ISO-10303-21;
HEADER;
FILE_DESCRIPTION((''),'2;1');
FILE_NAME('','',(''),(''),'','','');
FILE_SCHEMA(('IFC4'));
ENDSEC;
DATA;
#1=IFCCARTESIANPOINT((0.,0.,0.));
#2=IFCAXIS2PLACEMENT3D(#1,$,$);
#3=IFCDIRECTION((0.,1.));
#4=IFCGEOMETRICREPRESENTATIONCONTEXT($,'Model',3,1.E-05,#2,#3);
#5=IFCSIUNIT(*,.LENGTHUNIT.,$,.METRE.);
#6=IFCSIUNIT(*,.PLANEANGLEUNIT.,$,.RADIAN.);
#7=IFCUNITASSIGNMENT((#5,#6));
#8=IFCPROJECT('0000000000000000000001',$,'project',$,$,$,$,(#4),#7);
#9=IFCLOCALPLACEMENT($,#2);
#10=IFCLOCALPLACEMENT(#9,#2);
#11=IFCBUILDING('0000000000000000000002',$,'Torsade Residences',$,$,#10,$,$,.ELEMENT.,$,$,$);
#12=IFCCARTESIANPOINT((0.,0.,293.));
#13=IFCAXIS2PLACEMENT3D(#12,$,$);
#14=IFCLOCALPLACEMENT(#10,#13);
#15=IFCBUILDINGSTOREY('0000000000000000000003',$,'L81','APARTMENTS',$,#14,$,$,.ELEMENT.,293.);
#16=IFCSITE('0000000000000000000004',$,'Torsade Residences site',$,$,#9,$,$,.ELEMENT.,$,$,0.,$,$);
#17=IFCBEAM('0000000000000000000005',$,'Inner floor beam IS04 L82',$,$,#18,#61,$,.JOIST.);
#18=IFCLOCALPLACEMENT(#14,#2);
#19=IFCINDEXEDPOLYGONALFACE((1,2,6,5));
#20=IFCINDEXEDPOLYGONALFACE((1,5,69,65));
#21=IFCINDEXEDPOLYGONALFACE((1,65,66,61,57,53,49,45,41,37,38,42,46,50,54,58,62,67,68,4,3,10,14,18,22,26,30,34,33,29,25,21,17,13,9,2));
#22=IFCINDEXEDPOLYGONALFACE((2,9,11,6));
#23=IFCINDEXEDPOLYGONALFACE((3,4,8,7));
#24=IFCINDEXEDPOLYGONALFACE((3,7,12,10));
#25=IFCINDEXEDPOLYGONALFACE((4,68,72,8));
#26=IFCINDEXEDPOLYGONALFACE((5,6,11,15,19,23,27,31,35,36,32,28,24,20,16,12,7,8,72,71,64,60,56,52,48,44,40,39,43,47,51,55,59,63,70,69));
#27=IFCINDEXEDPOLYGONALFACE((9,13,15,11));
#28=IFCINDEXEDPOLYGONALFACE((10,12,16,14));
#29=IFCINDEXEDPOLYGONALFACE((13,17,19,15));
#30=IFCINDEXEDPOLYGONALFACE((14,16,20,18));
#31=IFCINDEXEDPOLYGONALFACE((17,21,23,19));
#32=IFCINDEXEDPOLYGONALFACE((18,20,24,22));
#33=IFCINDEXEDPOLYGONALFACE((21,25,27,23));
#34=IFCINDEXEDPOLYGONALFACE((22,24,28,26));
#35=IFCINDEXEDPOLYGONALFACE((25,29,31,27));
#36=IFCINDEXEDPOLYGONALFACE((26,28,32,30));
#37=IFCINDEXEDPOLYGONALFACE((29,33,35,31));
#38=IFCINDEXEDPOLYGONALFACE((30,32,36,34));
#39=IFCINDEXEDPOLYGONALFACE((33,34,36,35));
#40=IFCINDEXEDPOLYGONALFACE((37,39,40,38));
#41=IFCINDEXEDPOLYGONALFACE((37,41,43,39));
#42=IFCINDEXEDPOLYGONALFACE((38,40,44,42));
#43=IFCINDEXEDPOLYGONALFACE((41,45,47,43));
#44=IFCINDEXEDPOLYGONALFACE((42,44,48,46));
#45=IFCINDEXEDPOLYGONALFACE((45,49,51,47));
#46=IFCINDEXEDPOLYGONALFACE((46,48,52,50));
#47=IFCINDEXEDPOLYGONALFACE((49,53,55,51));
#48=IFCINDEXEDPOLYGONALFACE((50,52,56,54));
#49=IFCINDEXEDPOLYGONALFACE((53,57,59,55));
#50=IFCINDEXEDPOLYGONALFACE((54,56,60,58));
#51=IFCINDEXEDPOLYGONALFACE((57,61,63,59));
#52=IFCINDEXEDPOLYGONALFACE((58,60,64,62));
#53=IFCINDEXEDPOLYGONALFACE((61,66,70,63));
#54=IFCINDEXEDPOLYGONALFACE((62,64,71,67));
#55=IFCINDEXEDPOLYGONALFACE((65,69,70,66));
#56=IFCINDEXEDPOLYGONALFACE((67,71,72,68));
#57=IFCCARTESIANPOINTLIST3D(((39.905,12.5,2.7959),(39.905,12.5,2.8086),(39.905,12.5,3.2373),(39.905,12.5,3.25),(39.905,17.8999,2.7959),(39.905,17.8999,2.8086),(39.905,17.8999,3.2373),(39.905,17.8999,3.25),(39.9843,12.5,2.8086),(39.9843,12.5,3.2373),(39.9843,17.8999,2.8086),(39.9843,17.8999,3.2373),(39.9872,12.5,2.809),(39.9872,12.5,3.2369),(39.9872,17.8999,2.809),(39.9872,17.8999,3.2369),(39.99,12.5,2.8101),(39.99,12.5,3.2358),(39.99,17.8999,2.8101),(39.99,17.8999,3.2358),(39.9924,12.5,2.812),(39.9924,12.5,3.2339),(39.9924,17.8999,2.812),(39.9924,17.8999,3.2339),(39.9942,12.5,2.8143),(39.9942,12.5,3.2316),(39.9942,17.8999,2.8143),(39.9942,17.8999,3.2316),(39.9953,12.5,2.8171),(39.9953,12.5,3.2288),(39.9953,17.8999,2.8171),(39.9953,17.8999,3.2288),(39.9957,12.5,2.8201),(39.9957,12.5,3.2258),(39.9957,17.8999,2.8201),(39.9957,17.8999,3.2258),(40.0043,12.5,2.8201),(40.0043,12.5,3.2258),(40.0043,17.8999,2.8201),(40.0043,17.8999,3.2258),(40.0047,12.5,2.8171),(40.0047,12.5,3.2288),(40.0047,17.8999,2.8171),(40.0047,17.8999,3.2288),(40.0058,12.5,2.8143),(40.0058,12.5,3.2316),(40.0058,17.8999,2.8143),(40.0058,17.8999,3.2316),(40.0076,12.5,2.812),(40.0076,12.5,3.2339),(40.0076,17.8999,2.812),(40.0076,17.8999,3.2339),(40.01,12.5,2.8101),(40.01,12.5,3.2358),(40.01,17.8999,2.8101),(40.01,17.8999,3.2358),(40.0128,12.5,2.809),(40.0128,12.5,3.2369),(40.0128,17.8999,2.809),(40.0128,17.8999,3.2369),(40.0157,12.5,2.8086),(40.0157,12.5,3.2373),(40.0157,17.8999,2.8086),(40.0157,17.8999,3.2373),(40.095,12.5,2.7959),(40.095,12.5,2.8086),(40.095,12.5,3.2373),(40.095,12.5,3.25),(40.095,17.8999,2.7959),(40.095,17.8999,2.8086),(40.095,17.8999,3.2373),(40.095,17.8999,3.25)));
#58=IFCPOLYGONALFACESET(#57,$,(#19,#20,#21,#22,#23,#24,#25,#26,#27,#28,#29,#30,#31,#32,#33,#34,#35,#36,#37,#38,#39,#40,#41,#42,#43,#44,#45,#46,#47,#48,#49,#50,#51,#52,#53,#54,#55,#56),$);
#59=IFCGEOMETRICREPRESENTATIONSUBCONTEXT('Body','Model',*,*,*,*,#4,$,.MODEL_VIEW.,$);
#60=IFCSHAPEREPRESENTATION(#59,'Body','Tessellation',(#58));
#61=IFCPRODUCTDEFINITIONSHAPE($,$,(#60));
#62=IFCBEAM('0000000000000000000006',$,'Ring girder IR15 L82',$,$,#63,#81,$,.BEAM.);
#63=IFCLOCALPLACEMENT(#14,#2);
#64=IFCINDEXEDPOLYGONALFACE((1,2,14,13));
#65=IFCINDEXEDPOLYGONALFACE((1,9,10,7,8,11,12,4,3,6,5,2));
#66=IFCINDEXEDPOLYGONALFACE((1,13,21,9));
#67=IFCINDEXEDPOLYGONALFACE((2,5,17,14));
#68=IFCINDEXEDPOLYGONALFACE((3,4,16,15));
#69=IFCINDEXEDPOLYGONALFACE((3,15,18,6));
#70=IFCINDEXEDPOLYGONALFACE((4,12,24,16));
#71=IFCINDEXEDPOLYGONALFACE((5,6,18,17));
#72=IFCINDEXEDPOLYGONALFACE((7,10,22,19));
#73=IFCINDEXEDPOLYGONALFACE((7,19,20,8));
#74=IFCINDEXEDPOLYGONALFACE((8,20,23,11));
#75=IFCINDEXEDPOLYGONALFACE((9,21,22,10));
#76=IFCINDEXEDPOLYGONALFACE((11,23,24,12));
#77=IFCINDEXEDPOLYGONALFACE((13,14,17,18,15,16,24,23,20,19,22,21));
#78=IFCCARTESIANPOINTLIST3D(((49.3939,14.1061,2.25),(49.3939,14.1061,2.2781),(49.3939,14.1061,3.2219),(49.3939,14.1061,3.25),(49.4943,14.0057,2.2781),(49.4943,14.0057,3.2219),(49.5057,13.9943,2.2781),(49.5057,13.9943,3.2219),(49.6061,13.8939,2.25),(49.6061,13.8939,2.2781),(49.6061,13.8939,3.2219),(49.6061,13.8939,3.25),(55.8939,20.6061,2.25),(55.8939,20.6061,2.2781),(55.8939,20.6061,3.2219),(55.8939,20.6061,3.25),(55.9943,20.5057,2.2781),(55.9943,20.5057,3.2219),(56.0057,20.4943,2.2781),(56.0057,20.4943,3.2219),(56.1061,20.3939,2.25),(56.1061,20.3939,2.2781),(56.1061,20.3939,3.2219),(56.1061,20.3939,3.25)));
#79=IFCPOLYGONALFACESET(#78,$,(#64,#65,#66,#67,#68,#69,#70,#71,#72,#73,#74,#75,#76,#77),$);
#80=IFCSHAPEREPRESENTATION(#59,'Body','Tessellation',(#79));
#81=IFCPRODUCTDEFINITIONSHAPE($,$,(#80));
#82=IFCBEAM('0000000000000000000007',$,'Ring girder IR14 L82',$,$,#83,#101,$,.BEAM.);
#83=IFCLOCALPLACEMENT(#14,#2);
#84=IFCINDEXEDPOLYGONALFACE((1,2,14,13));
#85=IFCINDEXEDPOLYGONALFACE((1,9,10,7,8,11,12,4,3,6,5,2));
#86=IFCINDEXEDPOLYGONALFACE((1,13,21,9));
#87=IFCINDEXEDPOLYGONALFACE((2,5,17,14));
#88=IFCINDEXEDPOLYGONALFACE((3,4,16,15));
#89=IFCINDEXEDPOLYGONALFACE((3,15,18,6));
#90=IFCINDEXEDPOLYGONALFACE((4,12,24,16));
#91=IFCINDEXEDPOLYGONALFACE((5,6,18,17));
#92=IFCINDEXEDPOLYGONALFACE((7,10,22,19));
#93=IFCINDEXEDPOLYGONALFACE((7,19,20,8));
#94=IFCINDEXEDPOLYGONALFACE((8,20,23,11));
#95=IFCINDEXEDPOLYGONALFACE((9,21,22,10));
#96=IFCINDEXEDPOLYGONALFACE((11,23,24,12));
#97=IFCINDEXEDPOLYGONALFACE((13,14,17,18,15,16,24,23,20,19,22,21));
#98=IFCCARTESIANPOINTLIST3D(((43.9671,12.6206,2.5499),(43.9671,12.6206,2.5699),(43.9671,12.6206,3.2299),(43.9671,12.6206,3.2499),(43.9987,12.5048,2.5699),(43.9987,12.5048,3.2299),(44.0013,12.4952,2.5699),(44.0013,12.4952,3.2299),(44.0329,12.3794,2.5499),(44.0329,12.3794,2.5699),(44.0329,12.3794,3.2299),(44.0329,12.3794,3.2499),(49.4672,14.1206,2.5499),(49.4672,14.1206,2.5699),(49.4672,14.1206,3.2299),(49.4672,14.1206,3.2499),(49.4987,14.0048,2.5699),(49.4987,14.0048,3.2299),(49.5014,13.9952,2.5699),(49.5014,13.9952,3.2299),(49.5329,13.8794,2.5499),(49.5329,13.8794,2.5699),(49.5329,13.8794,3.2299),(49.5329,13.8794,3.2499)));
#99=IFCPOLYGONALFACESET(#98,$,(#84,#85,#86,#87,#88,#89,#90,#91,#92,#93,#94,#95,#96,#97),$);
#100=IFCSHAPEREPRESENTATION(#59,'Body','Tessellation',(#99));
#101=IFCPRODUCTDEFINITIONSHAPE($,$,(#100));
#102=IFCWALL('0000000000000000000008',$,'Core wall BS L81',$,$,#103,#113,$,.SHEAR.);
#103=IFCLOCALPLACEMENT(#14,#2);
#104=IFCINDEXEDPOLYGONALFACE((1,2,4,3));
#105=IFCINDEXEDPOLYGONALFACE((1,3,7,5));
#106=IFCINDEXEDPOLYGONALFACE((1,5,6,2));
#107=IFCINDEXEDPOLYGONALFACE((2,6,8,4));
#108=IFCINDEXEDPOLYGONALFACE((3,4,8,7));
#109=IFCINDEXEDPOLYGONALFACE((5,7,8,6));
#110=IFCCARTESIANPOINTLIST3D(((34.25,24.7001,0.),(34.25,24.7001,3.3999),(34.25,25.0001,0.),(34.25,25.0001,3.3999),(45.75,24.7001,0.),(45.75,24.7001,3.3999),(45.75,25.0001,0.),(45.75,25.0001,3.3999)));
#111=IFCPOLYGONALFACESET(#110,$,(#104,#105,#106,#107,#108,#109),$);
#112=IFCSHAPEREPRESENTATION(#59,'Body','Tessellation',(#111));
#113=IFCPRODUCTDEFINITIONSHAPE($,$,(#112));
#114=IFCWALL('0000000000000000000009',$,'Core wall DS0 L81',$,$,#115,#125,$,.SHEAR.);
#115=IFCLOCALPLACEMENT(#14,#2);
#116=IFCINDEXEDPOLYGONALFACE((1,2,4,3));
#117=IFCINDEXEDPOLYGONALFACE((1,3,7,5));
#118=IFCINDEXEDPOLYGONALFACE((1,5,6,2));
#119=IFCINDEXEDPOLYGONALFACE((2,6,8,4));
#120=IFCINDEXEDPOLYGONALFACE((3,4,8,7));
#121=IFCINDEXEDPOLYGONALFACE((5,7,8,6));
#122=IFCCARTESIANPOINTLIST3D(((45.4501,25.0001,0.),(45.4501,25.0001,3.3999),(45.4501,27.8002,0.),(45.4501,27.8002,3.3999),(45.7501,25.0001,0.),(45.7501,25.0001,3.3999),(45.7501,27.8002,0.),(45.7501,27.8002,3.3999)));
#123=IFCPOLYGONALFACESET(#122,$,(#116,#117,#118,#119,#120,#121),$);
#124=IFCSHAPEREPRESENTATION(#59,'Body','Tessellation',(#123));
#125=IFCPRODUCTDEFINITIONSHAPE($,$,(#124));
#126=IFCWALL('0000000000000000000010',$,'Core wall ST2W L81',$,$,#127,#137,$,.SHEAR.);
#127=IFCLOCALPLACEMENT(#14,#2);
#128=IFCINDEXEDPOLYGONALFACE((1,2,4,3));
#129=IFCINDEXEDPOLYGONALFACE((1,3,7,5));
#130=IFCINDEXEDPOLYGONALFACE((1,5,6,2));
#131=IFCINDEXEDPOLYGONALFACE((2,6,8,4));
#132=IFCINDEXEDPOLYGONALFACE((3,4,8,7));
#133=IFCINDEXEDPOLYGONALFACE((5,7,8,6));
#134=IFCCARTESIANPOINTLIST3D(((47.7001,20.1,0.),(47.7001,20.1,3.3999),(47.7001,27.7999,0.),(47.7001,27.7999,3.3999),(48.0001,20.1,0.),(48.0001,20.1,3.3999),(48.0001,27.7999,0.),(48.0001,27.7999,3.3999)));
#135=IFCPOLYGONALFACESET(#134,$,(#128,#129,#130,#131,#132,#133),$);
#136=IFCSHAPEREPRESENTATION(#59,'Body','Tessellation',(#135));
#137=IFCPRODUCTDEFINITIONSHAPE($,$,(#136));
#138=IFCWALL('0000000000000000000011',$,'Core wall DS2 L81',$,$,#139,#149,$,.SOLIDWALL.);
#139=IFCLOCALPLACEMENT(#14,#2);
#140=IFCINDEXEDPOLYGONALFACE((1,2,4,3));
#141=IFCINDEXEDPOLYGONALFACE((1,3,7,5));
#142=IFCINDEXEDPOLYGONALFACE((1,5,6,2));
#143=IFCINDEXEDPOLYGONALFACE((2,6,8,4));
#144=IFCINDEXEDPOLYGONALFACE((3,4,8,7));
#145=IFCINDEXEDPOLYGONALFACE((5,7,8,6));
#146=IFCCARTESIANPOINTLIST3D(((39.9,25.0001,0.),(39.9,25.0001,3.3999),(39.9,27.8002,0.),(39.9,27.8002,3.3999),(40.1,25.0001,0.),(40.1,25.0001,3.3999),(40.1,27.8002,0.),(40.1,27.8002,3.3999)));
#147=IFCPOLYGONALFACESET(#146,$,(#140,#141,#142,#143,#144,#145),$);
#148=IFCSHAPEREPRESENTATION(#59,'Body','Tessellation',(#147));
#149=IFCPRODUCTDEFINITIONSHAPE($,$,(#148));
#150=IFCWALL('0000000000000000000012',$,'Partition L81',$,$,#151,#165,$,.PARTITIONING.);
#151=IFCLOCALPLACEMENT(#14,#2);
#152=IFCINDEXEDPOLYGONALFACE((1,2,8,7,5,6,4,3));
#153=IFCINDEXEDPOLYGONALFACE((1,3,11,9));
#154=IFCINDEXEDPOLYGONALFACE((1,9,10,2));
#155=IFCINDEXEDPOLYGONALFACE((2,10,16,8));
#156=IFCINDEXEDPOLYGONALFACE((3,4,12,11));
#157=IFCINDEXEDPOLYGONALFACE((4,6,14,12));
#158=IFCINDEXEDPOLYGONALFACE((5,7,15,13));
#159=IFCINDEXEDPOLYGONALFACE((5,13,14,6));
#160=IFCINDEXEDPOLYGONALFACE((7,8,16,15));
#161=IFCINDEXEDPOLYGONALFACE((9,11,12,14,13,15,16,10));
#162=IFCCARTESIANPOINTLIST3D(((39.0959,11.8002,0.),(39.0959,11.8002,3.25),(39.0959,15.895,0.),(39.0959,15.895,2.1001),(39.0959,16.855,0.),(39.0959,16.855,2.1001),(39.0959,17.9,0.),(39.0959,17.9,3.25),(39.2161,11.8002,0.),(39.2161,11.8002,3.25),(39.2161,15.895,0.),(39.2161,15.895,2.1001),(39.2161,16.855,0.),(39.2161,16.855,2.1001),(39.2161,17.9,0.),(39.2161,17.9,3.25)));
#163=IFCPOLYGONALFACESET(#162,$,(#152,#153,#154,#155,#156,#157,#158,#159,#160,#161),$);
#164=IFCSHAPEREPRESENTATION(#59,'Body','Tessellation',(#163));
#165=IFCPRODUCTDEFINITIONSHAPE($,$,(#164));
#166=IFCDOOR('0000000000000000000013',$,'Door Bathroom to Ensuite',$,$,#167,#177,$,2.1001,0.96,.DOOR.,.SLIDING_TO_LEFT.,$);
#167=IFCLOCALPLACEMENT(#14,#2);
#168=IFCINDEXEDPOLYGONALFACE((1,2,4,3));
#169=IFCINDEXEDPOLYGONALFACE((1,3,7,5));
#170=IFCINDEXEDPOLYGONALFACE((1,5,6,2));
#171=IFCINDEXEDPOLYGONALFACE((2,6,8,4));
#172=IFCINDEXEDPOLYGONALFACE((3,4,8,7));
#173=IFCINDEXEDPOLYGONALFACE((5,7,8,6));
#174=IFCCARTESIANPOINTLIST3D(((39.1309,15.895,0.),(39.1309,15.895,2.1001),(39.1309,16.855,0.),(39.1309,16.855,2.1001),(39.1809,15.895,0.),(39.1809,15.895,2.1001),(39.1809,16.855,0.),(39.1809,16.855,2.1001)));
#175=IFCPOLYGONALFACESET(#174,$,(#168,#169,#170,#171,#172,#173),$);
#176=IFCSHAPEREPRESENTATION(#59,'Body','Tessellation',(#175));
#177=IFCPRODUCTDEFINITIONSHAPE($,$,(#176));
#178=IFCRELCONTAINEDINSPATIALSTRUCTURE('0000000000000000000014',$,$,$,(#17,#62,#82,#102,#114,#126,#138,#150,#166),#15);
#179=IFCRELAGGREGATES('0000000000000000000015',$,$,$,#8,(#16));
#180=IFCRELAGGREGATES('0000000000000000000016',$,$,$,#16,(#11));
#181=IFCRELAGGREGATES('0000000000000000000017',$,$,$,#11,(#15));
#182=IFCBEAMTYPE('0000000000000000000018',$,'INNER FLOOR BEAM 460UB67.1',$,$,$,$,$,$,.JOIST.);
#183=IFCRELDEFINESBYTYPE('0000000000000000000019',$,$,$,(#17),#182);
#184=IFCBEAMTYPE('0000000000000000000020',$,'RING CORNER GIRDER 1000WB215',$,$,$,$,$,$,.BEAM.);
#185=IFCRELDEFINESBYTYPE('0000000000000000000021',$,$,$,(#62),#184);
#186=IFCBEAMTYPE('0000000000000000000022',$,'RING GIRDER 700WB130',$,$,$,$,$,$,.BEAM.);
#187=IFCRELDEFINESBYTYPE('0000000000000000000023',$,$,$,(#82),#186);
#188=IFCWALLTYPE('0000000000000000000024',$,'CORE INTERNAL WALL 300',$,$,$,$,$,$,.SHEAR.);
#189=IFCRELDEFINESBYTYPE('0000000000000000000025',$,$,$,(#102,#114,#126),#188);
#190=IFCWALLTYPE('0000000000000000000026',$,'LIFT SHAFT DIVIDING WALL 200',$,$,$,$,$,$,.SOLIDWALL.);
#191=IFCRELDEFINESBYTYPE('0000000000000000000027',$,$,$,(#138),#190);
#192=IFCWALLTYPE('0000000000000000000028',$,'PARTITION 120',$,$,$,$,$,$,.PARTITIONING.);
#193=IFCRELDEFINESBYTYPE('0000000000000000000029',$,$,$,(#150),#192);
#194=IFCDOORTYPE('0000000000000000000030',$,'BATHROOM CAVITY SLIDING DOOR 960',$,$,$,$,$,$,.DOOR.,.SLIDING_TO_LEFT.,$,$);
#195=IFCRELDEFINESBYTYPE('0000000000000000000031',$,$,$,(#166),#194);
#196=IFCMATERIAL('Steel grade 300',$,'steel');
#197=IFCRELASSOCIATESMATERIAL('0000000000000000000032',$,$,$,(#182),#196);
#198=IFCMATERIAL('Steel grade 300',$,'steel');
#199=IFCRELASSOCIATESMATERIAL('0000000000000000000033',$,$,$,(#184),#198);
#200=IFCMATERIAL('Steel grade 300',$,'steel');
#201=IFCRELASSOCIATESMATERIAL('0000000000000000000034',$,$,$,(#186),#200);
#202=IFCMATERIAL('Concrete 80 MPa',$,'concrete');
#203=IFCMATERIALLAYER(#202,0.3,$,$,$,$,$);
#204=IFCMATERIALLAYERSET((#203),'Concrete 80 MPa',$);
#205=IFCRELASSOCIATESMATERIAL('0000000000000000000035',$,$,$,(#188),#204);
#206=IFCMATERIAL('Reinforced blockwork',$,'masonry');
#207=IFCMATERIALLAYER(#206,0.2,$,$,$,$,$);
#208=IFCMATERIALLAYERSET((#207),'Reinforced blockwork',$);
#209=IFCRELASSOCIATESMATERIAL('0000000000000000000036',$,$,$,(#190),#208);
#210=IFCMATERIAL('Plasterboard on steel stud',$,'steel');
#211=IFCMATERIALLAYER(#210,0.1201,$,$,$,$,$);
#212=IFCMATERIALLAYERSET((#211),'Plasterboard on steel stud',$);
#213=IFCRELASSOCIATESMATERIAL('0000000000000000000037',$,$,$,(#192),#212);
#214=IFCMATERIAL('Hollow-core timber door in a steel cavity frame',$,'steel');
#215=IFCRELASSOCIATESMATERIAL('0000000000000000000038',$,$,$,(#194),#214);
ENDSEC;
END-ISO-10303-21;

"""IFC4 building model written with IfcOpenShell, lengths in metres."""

from ifc_helpers import new_model, si_unit, direction, frame, frame_2d, origin, origin_2d, place, context, subcontext, project, spatial, rectangle, i_section, extrude, material, layer, layer_set, material_profile, profile_set, type_object, element, fill, save


model = new_model("IFC4")

# Units and contexts
model_context = context("Model", 3, precision=1e-05, world=origin(), true_north=direction((0.0, 1.0)))
body_context = subcontext(model_context, "Body", "Model", "MODEL_VIEW")
ifc_project = project(units=[si_unit("LENGTHUNIT", "METRE"), si_unit("PLANEANGLEUNIT", "RADIAN")], contexts=[model_context])

# Site, building, storey
site_placement = place(None, origin())
site = spatial("IfcSite", under=ifc_project, at=site_placement, Name="Torsade Residences site", CompositionType="ELEMENT", RefElevation=0.0)
building_placement = place(site_placement, origin())
building = spatial("IfcBuilding", under=site, at=building_placement, Name="Torsade Residences", CompositionType="ELEMENT")
storey_placement = place(building_placement, frame((0.0, 0.0, 293.0)))
storey = spatial("IfcBuildingStorey", under=building, at=storey_placement, Name="L81", Description="APARTMENTS", CompositionType="ELEMENT", Elevation=293.0)

# Beams
ifc_material_1 = material(Name="Steel grade 300", Category="steel")
ifc_material_profile_1 = material_profile(ifc_material_1, i_section(OverallWidth=0.1899, OverallDepth=0.4541, WebThickness=0.0085, FlangeThickness=0.0127, FilletRadius=0.0115, at=origin_2d()), Name="460UB67.1")
ifc_profile_set_1 = profile_set([ifc_material_profile_1], Name="Steel grade 300")
beam_type_1 = type_object("IfcBeamType", Name="INNER FLOOR BEAM 460UB67.1", PredefinedType="JOIST", material=ifc_profile_set_1)
for number, where, z_axis, x_axis, name in (
    (1, (40.0, 17.8999, 3.0229), (0.0, -1.0, 0.0), (1.0, 0.0, 0.0), "Inner floor beam IS04 L82"),
):
    element("IfcBeam", number, at=place(storey_placement, frame(where, z_axis=z_axis, x_axis=x_axis)), inside=storey, type_object=beam_type_1, Name=name, PredefinedType="JOIST", context=body_context, shape_type="SweptSolid", body=[
        extrude(i_section(OverallWidth=0.1899, OverallDepth=0.4541, WebThickness=0.0085, FlangeThickness=0.0127, FilletRadius=0.0115, at=origin_2d()), origin(), (0.0, 0.0, 1.0), 5.3999),
    ])
ifc_material_2 = material(Name="Steel grade 300", Category="steel")
ifc_material_profile_2 = material_profile(ifc_material_2, i_section(OverallWidth=0.3, OverallDepth=1.0, WebThickness=0.0161, FlangeThickness=0.0281, at=origin_2d()), Name="1000WB215")
ifc_profile_set_2 = profile_set([ifc_material_profile_2], Name="Steel grade 300")
beam_type_2 = type_object("IfcBeamType", Name="RING CORNER GIRDER 1000WB215", PredefinedType="BEAM", material=ifc_profile_set_2)
beam_1_placement = place(storey_placement, frame((49.5, 14.0, 2.75), z_axis=(0.707107, 0.707107, 0.0), x_axis=(-0.707107, 0.707107, 0.0)))
element("IfcBeam", 2, at=beam_1_placement, inside=storey, type_object=beam_type_2, Name="Ring girder IR15 L82", PredefinedType="BEAM", context=body_context, shape_type="SweptSolid", body=[
    extrude(i_section(OverallWidth=0.3, OverallDepth=1.0, WebThickness=0.0161, FlangeThickness=0.0281, at=origin_2d()), origin(), (0.0, 0.0, 1.0), 9.1924),
])
ifc_material_3 = material(Name="Steel grade 300", Category="steel")
ifc_material_profile_3 = material_profile(ifc_material_3, i_section(OverallWidth=0.25, OverallDepth=0.7, WebThickness=0.01, FlangeThickness=0.02, at=origin_2d()), Name="700WB130")
ifc_profile_set_3 = profile_set([ifc_material_profile_3], Name="Steel grade 300")
beam_type_3 = type_object("IfcBeamType", Name="RING GIRDER 700WB130", PredefinedType="BEAM", material=ifc_profile_set_3)
beam_2_placement = place(storey_placement, frame((44.0, 12.5, 2.8999), z_axis=(0.964764, 0.263117, 0.0), x_axis=(-0.263117, 0.964764, 0.0)))
element("IfcBeam", 3, at=beam_2_placement, inside=storey, type_object=beam_type_3, Name="Ring girder IR14 L82", PredefinedType="BEAM", context=body_context, shape_type="SweptSolid", body=[
    extrude(i_section(OverallWidth=0.25, OverallDepth=0.7, WebThickness=0.01, FlangeThickness=0.02, at=origin_2d()), origin(), (0.0, 0.0, 1.0), 5.7009),
])

# Walls
ifc_material_4 = material(Name="Concrete 80 MPa", Category="concrete")
ifc_layer_1 = layer(ifc_material_4, 0.3)
ifc_layer_set_1 = layer_set([ifc_layer_1], Name="Concrete 80 MPa")
wall_type_1 = type_object("IfcWallType", Name="CORE INTERNAL WALL 300", PredefinedType="SHEAR", material=ifc_layer_set_1)
wall_1_placement = place(storey_placement, frame((45.75, 24.8501, 0.0), z_axis=(0.0, 0.0, 1.0), x_axis=(-1.0, 0.0, 0.0)))
element("IfcWall", 4, at=wall_1_placement, inside=storey, type_object=wall_type_1, Name="Core wall BS L81", PredefinedType="SHEAR", context=body_context, shape_type="SweptSolid", body=[
    extrude(rectangle(XDim=11.5, YDim=0.3, at=frame_2d((5.75, 0.0))), origin(), (0.0, 0.0, 1.0), 3.3999),
])
wall_2_placement = place(storey_placement, frame((45.6001, 27.8, 0.0), z_axis=(0.0, 0.0, 1.0), x_axis=(0.0, -1.0, 0.0)))
element("IfcWall", 5, at=wall_2_placement, inside=storey, type_object=wall_type_1, Name="Core wall DS0 L81", PredefinedType="SHEAR", context=body_context, shape_type="SweptSolid", body=[
    extrude(rectangle(XDim=2.8, YDim=0.3, at=frame_2d((1.3999, 0.0))), origin(), (0.0, 0.0, 1.0), 3.3999),
])
wall_3_placement = place(storey_placement, frame((47.8501, 27.8, 0.0), z_axis=(0.0, 0.0, 1.0), x_axis=(0.0, -1.0, 0.0)))
element("IfcWall", 6, at=wall_3_placement, inside=storey, type_object=wall_type_1, Name="Core wall ST2W L81", PredefinedType="SHEAR", context=body_context, shape_type="SweptSolid", body=[
    extrude(rectangle(XDim=7.7, YDim=0.3, at=frame_2d((3.8501, 0.0))), origin(), (0.0, 0.0, 1.0), 3.3999),
])
ifc_material_5 = material(Name="Reinforced blockwork", Category="masonry")
ifc_layer_2 = layer(ifc_material_5, 0.2)
ifc_layer_set_2 = layer_set([ifc_layer_2], Name="Reinforced blockwork")
wall_type_2 = type_object("IfcWallType", Name="LIFT SHAFT DIVIDING WALL 200", PredefinedType="SOLIDWALL", material=ifc_layer_set_2)
wall_4_placement = place(storey_placement, frame((40.0, 27.8, 0.0), z_axis=(0.0, 0.0, 1.0), x_axis=(0.0, -1.0, 0.0)))
element("IfcWall", 7, at=wall_4_placement, inside=storey, type_object=wall_type_2, Name="Core wall DS2 L81", PredefinedType="SOLIDWALL", context=body_context, shape_type="SweptSolid", body=[
    extrude(rectangle(XDim=2.8, YDim=0.2, at=frame_2d((1.3999, 0.0))), origin(), (0.0, 0.0, 1.0), 3.3999),
])

# Wall, opening, door
ifc_material_6 = material(Name="Plasterboard on steel stud", Category="steel")
ifc_layer_3 = layer(ifc_material_6, 0.1201)
ifc_layer_set_3 = layer_set([ifc_layer_3], Name="Plasterboard on steel stud")
wall_type_3 = type_object("IfcWallType", Name="PARTITION 120", PredefinedType="PARTITIONING", material=ifc_layer_set_3)
wall_5_placement = place(storey_placement, frame((39.156, 17.8999, 0.0), z_axis=(0.0, 0.0, 1.0), x_axis=(0.0, -1.0, 0.0)))
wall_5 = element("IfcWall", 8, at=wall_5_placement, inside=storey, type_object=wall_type_3, Name="Partition L81", PredefinedType="PARTITIONING", context=body_context, shape_type="SweptSolid", body=[
    extrude(rectangle(XDim=6.0999, YDim=0.1201, at=frame_2d((3.0498, 0.0))), origin(), (0.0, 0.0, 1.0), 3.25),
])
opening_1_placement = place(wall_5_placement, frame((1.0449, 0.0, 0.0)))
opening_1 = element("IfcOpeningElement", 9, at=opening_1_placement, cuts=wall_5, PredefinedType="OPENING", context=body_context, shape_type="SweptSolid", body=[
    extrude(rectangle(XDim=0.96, YDim=2.1001, at=frame_2d((0.48, 1.05))), frame((0.0, 0.0701, 0.0), z_axis=(0.0, -1.0, 0.0), x_axis=(1.0, 0.0, 0.0)), (0.0, 0.0, 1.0), 0.1401),
])
ifc_material_7 = material(Name="Hollow-core timber door in a steel cavity frame", Category="steel")
door_type = type_object("IfcDoorType", Name="BATHROOM CAVITY SLIDING DOOR 960", OperationType="SLIDING_TO_LEFT", PredefinedType="DOOR", material=ifc_material_7)
door_1_placement = place(opening_1_placement, origin())
door_1 = element("IfcDoor", 10, at=door_1_placement, inside=storey, type_object=door_type, Name="Door Bathroom to Ensuite", OperationType="SLIDING_TO_LEFT", OverallHeight=2.1001, OverallWidth=0.96, PredefinedType="DOOR", context=body_context, shape_type="SweptSolid", body=[
    extrude(rectangle(XDim=0.96, YDim=2.1001, at=frame_2d((0.48, 1.05))), frame((0.0, 0.0249, 0.0), z_axis=(0.0, -1.0, 0.0), x_axis=(1.0, 0.0, 0.0)), (0.0, 0.0, 1.0), 0.05),
])
fill(opening_1, door_1)

save(model, "model.ifc")
